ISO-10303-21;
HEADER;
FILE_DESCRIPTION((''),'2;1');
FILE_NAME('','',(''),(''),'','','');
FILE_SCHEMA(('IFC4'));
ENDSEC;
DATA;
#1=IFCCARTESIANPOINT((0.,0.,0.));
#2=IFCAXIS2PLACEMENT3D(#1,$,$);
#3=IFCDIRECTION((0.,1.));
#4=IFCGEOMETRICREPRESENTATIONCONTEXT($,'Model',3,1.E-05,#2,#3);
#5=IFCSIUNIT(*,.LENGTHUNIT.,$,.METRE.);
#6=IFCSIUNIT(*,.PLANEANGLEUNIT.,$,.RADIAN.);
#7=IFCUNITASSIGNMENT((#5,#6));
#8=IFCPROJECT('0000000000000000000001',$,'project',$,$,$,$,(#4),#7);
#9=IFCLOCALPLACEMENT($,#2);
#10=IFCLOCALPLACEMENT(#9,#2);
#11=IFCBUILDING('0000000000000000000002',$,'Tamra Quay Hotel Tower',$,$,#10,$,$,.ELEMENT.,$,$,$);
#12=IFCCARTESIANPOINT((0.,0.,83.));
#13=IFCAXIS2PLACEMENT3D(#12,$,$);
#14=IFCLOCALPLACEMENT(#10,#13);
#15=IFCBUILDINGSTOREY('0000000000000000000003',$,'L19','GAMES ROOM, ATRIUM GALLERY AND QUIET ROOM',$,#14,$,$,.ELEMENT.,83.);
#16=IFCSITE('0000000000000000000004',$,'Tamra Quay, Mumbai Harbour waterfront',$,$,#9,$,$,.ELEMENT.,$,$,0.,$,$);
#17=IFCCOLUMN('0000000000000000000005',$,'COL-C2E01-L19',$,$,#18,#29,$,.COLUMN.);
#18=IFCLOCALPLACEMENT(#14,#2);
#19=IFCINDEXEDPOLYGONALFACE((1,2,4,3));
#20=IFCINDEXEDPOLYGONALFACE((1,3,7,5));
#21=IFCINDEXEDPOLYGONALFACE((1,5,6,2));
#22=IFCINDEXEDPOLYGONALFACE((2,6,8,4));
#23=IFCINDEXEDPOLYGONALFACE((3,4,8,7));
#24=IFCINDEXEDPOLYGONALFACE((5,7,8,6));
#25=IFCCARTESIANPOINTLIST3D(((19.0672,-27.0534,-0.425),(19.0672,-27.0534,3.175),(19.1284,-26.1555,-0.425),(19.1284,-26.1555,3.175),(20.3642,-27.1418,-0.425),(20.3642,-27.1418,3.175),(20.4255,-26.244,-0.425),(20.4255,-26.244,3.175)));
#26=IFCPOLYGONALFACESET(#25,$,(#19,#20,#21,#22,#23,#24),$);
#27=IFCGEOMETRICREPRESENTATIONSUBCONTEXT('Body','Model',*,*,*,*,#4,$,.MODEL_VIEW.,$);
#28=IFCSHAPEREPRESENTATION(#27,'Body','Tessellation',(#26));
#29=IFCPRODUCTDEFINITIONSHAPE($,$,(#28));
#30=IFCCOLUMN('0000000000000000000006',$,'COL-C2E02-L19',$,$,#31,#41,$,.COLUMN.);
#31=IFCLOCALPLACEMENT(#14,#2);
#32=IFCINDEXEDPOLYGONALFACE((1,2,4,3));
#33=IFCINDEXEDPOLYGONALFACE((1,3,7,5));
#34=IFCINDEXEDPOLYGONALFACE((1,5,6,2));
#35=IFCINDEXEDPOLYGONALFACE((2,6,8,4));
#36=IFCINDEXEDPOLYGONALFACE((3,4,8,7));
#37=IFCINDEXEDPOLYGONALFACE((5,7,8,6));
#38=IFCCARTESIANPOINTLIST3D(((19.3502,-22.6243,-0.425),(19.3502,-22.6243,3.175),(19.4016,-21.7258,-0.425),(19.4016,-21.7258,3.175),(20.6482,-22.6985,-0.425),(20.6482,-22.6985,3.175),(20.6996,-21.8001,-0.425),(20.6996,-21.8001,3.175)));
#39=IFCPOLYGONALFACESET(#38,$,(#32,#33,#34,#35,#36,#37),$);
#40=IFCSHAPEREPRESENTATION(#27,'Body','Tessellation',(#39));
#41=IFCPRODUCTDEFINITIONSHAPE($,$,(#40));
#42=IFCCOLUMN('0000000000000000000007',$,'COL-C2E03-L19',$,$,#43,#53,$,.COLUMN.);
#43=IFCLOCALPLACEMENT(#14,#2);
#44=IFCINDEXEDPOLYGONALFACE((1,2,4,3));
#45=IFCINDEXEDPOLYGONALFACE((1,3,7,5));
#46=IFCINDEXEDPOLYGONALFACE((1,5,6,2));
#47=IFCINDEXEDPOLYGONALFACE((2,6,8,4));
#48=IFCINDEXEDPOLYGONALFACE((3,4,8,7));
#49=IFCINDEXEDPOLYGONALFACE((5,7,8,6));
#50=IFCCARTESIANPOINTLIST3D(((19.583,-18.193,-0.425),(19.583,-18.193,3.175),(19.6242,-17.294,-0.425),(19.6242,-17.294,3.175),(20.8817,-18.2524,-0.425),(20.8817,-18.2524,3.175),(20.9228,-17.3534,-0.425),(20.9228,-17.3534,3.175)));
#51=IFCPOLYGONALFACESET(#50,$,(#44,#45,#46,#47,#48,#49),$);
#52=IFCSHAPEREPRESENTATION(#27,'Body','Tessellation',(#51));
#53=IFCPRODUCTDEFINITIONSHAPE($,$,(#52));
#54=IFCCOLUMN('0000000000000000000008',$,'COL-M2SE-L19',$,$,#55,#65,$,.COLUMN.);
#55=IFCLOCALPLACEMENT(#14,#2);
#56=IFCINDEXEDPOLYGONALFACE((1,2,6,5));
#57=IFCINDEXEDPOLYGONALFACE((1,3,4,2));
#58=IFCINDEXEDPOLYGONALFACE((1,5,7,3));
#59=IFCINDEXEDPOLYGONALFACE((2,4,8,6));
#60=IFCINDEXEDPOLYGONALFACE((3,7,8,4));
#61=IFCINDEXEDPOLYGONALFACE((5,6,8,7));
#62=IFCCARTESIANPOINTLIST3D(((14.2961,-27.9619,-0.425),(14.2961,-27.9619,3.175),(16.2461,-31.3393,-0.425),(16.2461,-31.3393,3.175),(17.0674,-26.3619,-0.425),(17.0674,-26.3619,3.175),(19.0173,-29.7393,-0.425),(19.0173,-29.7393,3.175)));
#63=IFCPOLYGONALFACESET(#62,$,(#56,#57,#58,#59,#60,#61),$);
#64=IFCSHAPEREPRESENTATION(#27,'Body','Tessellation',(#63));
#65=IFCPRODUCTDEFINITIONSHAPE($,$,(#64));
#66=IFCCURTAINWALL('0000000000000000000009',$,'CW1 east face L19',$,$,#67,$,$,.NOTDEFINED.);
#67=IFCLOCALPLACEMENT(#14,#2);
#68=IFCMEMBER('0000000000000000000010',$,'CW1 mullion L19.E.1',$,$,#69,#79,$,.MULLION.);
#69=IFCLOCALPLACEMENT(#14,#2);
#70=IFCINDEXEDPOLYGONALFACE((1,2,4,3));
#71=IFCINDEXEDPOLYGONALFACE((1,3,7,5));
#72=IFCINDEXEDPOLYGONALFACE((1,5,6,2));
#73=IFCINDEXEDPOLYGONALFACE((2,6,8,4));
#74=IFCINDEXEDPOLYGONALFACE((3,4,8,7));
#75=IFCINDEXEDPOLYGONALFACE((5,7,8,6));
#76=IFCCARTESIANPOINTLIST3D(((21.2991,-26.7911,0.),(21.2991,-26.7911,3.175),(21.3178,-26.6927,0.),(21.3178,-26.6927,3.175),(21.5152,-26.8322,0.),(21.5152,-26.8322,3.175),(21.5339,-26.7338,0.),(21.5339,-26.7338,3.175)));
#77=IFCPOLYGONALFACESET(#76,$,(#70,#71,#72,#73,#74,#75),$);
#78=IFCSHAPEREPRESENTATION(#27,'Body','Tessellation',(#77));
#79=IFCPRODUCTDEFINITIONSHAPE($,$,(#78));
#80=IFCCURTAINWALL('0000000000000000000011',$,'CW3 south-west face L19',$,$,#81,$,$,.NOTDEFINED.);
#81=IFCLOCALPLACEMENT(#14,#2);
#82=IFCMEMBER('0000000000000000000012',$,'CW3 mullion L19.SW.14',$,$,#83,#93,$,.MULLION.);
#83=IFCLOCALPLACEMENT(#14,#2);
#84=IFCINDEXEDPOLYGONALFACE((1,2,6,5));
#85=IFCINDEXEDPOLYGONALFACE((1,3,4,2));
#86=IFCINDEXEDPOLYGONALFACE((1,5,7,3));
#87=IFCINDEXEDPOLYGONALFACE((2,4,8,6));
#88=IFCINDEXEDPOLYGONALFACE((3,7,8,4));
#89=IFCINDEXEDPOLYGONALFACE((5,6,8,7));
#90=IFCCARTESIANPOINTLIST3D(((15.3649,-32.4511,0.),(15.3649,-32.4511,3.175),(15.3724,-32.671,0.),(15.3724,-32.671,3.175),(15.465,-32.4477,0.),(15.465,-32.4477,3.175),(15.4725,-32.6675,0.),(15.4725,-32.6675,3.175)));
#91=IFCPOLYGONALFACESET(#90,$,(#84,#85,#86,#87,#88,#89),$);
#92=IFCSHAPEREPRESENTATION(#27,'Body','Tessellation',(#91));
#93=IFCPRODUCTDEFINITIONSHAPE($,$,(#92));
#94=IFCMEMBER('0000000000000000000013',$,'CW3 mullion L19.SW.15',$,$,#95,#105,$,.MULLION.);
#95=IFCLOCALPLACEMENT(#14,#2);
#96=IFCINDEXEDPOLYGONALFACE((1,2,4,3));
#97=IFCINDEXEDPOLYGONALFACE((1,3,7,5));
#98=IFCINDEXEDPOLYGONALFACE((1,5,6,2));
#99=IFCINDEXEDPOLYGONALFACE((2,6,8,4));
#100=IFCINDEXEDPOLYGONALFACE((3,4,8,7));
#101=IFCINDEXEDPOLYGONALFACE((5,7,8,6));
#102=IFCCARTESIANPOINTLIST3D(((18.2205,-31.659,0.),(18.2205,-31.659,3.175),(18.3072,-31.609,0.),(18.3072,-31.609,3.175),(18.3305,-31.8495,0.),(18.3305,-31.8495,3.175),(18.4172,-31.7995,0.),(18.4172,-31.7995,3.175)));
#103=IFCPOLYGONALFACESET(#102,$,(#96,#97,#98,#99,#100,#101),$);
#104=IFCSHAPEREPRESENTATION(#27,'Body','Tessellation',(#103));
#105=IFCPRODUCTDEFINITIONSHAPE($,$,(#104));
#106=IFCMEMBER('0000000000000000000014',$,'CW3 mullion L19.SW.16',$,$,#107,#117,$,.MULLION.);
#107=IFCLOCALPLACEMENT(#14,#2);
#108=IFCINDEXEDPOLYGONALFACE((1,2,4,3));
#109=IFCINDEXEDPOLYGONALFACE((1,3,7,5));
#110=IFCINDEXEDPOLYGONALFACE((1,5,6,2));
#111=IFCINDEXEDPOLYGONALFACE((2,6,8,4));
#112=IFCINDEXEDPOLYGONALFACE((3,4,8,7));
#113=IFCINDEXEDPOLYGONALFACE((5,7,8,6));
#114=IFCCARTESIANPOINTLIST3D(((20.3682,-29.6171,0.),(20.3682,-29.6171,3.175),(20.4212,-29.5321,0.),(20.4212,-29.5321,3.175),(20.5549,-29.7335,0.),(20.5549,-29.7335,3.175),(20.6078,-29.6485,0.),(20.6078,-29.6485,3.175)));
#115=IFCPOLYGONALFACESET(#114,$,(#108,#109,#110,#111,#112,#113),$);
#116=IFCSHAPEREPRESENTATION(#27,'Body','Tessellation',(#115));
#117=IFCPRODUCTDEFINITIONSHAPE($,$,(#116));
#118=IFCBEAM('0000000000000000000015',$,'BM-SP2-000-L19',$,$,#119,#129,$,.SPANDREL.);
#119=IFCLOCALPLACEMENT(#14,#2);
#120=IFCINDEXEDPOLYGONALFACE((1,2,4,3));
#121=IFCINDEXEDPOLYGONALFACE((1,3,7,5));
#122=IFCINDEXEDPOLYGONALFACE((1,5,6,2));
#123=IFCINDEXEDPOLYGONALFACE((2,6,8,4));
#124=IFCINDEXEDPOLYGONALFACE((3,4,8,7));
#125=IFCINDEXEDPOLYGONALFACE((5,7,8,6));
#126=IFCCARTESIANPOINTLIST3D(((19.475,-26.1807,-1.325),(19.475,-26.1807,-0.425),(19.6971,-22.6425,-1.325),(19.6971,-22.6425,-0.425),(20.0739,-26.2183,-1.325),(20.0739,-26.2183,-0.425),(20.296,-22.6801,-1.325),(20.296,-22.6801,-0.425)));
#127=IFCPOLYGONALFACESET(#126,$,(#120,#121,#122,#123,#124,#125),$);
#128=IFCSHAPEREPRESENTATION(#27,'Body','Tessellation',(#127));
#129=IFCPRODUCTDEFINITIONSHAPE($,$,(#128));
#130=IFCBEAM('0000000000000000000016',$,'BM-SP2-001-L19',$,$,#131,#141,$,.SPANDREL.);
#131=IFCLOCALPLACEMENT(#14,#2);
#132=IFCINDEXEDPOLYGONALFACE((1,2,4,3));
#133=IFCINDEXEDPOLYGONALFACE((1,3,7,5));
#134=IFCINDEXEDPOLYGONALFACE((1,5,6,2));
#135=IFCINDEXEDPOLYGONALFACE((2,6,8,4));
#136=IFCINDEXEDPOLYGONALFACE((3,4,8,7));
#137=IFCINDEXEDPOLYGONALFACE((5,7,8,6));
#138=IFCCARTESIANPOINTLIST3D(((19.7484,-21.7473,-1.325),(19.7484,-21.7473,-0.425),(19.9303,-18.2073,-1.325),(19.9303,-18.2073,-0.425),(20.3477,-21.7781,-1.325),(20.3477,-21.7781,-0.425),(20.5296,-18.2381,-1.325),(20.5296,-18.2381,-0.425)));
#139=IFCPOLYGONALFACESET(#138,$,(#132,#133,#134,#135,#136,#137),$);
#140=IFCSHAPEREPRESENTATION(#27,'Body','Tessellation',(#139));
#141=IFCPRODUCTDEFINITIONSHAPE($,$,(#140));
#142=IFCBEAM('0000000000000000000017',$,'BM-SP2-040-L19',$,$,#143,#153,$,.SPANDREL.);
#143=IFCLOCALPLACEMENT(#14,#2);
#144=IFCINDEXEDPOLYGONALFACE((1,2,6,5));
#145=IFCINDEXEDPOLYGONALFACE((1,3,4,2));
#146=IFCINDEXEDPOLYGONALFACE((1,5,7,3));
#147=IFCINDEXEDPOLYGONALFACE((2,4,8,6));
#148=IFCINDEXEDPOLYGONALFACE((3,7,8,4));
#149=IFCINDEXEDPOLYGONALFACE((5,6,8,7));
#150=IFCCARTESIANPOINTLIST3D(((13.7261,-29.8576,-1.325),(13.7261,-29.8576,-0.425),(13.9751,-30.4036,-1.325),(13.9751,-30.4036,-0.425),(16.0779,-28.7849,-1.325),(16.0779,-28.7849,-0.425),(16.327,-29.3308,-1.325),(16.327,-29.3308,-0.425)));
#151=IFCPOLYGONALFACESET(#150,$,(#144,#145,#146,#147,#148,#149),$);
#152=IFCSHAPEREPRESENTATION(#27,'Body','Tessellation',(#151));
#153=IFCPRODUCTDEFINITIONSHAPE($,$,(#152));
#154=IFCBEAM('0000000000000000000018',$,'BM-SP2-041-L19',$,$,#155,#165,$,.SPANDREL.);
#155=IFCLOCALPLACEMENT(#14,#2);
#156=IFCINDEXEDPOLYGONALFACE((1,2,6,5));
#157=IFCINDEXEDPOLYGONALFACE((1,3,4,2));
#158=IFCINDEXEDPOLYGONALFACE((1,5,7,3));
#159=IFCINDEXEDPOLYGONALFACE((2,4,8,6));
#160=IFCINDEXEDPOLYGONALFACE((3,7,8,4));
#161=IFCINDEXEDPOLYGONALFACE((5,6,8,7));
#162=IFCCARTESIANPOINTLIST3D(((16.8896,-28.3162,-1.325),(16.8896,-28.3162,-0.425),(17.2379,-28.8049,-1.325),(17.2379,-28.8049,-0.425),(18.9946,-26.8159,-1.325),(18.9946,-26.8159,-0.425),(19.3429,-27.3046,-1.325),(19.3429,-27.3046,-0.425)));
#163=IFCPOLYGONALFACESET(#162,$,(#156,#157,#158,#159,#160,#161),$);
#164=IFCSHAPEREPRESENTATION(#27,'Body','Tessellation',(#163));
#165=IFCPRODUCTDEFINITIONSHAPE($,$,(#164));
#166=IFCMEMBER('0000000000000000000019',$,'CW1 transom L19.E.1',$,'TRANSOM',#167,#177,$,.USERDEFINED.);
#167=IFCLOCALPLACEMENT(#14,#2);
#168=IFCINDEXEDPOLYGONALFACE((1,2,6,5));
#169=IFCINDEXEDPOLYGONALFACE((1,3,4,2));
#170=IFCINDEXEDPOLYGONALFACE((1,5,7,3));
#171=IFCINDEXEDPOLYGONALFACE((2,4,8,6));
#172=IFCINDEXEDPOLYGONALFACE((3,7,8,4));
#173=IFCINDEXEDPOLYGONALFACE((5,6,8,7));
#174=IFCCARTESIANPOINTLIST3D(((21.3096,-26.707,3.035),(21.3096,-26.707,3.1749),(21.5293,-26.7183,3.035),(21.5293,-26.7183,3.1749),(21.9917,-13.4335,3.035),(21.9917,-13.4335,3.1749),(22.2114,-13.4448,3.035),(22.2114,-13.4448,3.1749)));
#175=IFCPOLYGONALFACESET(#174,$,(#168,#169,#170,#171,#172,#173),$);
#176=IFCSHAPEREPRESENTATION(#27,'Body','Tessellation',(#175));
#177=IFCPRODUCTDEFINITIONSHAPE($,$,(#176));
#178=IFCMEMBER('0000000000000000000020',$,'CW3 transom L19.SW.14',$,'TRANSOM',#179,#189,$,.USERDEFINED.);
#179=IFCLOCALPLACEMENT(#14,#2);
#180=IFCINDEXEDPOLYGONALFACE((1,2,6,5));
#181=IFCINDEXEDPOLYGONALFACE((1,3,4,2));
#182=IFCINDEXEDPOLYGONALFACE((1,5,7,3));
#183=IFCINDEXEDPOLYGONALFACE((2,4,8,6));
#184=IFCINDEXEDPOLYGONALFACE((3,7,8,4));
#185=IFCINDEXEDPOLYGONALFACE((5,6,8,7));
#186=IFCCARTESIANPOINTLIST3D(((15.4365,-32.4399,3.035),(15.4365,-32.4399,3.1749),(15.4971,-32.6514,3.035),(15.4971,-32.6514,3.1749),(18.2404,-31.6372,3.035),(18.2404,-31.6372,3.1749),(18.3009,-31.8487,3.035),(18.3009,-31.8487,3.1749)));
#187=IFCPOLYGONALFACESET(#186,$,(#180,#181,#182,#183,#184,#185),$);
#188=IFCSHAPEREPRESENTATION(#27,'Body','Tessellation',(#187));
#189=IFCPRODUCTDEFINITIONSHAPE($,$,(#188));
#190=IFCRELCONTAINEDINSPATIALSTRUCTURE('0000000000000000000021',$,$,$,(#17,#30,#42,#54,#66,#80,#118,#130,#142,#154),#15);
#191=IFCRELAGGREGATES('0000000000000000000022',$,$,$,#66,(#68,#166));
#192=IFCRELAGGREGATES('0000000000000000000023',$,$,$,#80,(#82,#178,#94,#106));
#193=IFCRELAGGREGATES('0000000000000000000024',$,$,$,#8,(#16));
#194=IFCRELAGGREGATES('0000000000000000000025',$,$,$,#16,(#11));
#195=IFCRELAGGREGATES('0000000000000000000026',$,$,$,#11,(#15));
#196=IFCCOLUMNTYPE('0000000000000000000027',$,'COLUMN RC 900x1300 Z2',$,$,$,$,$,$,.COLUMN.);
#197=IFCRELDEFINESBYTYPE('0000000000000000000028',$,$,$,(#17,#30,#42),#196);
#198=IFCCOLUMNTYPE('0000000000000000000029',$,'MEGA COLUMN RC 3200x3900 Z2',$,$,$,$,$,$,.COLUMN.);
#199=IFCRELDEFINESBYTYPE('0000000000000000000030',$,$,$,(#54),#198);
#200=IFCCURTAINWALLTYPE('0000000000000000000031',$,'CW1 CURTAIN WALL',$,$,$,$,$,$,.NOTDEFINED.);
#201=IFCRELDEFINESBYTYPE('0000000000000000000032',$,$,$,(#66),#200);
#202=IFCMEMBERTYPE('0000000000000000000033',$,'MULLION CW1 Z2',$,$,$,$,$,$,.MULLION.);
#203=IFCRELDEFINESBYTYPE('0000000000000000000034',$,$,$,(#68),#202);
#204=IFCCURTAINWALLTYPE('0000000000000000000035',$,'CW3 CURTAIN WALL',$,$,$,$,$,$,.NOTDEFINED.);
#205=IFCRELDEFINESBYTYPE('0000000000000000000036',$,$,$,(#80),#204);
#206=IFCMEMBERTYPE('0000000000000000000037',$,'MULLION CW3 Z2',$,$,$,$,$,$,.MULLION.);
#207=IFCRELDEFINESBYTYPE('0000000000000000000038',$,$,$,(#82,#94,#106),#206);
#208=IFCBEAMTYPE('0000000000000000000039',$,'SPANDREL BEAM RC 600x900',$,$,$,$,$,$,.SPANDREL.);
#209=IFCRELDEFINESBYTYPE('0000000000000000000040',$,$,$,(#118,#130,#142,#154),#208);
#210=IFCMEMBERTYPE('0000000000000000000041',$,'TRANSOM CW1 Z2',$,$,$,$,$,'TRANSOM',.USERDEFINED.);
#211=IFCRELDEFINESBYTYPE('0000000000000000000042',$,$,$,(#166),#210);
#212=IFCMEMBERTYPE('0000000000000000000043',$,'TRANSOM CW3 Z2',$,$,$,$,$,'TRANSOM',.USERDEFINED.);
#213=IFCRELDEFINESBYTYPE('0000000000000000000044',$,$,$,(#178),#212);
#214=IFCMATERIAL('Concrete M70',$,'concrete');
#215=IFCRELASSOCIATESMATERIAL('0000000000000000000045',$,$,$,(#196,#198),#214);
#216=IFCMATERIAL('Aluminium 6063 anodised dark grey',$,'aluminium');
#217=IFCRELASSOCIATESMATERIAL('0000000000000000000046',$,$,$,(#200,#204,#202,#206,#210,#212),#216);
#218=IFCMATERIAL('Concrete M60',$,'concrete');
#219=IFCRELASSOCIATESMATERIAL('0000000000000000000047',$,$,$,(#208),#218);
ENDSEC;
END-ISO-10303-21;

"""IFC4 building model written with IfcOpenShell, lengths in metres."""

from ifc_helpers import new_model, si_unit, direction, frame, origin, origin_2d, place, context, subcontext, project, spatial, rectangle, extrude, material, material_profile, profile_set, type_object, element, aggregate, save


model = new_model("IFC4")

# Units and contexts
model_context = context("Model", 3, precision=1e-05, world=origin(), true_north=direction((0.0, 1.0)))
body_context = subcontext(model_context, "Body", "Model", "MODEL_VIEW")
ifc_project = project(units=[si_unit("LENGTHUNIT", "METRE"), si_unit("PLANEANGLEUNIT", "RADIAN")], contexts=[model_context])

# Site, building, storey
site_placement = place(None, origin())
site = spatial("IfcSite", under=ifc_project, at=site_placement, Name="Tamra Quay, Mumbai Harbour waterfront", CompositionType="ELEMENT", RefElevation=0.0)
building_placement = place(site_placement, origin())
building = spatial("IfcBuilding", under=site, at=building_placement, Name="Tamra Quay Hotel Tower", CompositionType="ELEMENT")
storey_placement = place(building_placement, frame((0.0, 0.0, 83.0)))
storey = spatial("IfcBuildingStorey", under=building, at=storey_placement, Name="L19", Description="GAMES ROOM, ATRIUM GALLERY AND QUIET ROOM", CompositionType="ELEMENT", Elevation=83.0)

# Columns
ifc_material_1 = material(Name="Concrete M70", Category="concrete")
ifc_material_profile_1 = material_profile(ifc_material_1, rectangle(XDim=1.3, YDim=0.8999, at=origin_2d()), Name="COLUMN RC 900x1300 Z2")
ifc_profile_set_1 = profile_set([ifc_material_profile_1], Name="Concrete M70")
column_type_1 = type_object("IfcColumnType", Name="COLUMN RC 900x1300 Z2", PredefinedType="COLUMN", material=ifc_profile_set_1)
for number, where, z_axis, x_axis, name in (
    (1, (19.7463, -26.6487, -0.425), (0.0, 0.0, 1.0), (-0.997682, 0.068041, 0.0), "COL-C2E01-L19"),
    (2, (20.0249, -22.2122, -0.425), (0.0, 0.0, 1.0), (-0.998368, 0.057108, 0.0), "COL-C2E02-L19"),
    (3, (20.2529, -17.7732, -0.425), (0.0, 0.0, 1.0), (-0.998955, 0.045712, 0.0), "COL-C2E03-L19"),
):
    element("IfcColumn", number, at=place(storey_placement, frame(where, z_axis=z_axis, x_axis=x_axis)), inside=storey, type_object=column_type_1, Name=name, PredefinedType="COLUMN", context=body_context, shape_type="SweptSolid", body=[
        extrude(rectangle(XDim=1.3, YDim=0.8999, at=origin_2d()), origin(), (0.0, 0.0, 1.0), 3.6001),
    ])
ifc_material_profile_2 = material_profile(ifc_material_1, rectangle(XDim=3.8999, YDim=3.2, at=origin_2d()), Name="MEGA COLUMN RC 3200x3900 Z2")
ifc_profile_set_2 = profile_set([ifc_material_profile_2], Name="Concrete M70")
column_type_2 = type_object("IfcColumnType", Name="MEGA COLUMN RC 3200x3900 Z2", PredefinedType="COLUMN", material=ifc_profile_set_2)
column_placement = place(storey_placement, frame((16.6567, -28.8506, -0.425), z_axis=(0.0, 0.0, 1.0), x_axis=(-0.5, 0.866025, 0.0)))
element("IfcColumn", 4, at=column_placement, inside=storey, type_object=column_type_2, Name="COL-M2SE-L19", PredefinedType="COLUMN", context=body_context, shape_type="SweptSolid", body=[
    extrude(rectangle(XDim=3.8999, YDim=3.2, at=origin_2d()), origin(), (0.0, 0.0, 1.0), 3.6001),
])

# Curtain wall, member
ifc_material_2 = material(Name="Aluminium 6063 anodised dark grey", Category="aluminium")
curtain_wall_type_1 = type_object("IfcCurtainWallType", Name="CW1 CURTAIN WALL", PredefinedType="NOTDEFINED", material=ifc_material_2)
curtain_wall_1_placement = place(storey_placement, origin())
curtain_wall_1 = element("IfcCurtainWall", 5, at=curtain_wall_1_placement, inside=storey, type_object=curtain_wall_type_1, Name="CW1 east face L19", PredefinedType="NOTDEFINED")
ifc_material_profile_3 = material_profile(ifc_material_2, rectangle(XDim=0.22, YDim=0.1001, at=origin_2d()), Name="MULLION 100X220")
ifc_profile_set_3 = profile_set([ifc_material_profile_3], Name="Aluminium 6063 anodised dark grey")
member_type_1 = type_object("IfcMemberType", Name="MULLION CW1 Z2", PredefinedType="MULLION", material=ifc_profile_set_3)
member_1_placement = place(storey_placement, frame((21.4165, -26.7625, 0.0), z_axis=(0.0, 0.0, 1.0), x_axis=(0.982419, -0.186689, 0.0)))
member_1 = element("IfcMember", 6, at=member_1_placement, type_object=member_type_1, Name="CW1 mullion L19.E.1", PredefinedType="MULLION", context=body_context, shape_type="SweptSolid", body=[
    extrude(rectangle(XDim=0.22, YDim=0.1001, at=origin_2d()), origin(), (0.0, 0.0, 1.0), 3.175),
])

# Curtain wall, members
curtain_wall_type_2 = type_object("IfcCurtainWallType", Name="CW3 CURTAIN WALL", PredefinedType="NOTDEFINED", material=ifc_material_2)
curtain_wall_2_placement = place(storey_placement, origin())
curtain_wall_2 = element("IfcCurtainWall", 7, at=curtain_wall_2_placement, inside=storey, type_object=curtain_wall_type_2, Name="CW3 south-west face L19", PredefinedType="NOTDEFINED")
ifc_material_profile_4 = material_profile(ifc_material_2, rectangle(XDim=0.22, YDim=0.1001, at=origin_2d()), Name="MULLION 100X220")
ifc_profile_set_4 = profile_set([ifc_material_profile_4], Name="Aluminium 6063 anodised dark grey")
member_type_2 = type_object("IfcMemberType", Name="MULLION CW3 Z2", PredefinedType="MULLION", material=ifc_profile_set_4)
member_2_placement = place(storey_placement, frame((15.4187, -32.5593, 0.0), z_axis=(0.0, 0.0, 1.0), x_axis=(0.034041, -0.99942, 0.0)))
member_2 = element("IfcMember", 8, at=member_2_placement, type_object=member_type_2, Name="CW3 mullion L19.SW.14", PredefinedType="MULLION", context=body_context, shape_type="SweptSolid", body=[
    extrude(rectangle(XDim=0.22, YDim=0.1001, at=origin_2d()), origin(), (0.0, 0.0, 1.0), 3.175),
])
member_3_placement = place(storey_placement, frame((18.3188, -31.7292, 0.0), z_axis=(0.0, 0.0, 1.0), x_axis=(0.5, -0.866025, 0.0)))
member_3 = element("IfcMember", 9, at=member_3_placement, type_object=member_type_2, Name="CW3 mullion L19.SW.15", PredefinedType="MULLION", context=body_context, shape_type="SweptSolid", body=[
    extrude(rectangle(XDim=0.22, YDim=0.1001, at=origin_2d()), origin(), (0.0, 0.0, 1.0), 3.175),
])
member_4_placement = place(storey_placement, frame((20.488, -29.6328, 0.0), z_axis=(0.0, 0.0, 1.0), x_axis=(0.848503, -0.52919, 0.0)))
member_4 = element("IfcMember", 10, at=member_4_placement, type_object=member_type_2, Name="CW3 mullion L19.SW.16", PredefinedType="MULLION", context=body_context, shape_type="SweptSolid", body=[
    extrude(rectangle(XDim=0.22, YDim=0.1001, at=origin_2d()), origin(), (0.0, 0.0, 1.0), 3.175),
])

# Beams
ifc_material_3 = material(Name="Concrete M60", Category="concrete")
ifc_material_profile_5 = material_profile(ifc_material_3, rectangle(XDim=0.6001, YDim=0.8999, at=origin_2d()), Name="SPANDREL BEAM RC 600x900")
ifc_profile_set_5 = profile_set([ifc_material_profile_5], Name="Concrete M60")
beam_type = type_object("IfcBeamType", Name="SPANDREL BEAM RC 600x900", PredefinedType="SPANDREL", material=ifc_profile_set_5)
beam_1_placement = place(storey_placement, frame((19.7744, -26.1995, -0.875), z_axis=(0.06267, 0.998034, 0.0), x_axis=(-0.998034, 0.06267, 0.0)))
element("IfcBeam", 11, at=beam_1_placement, inside=storey, type_object=beam_type, Name="BM-SP2-000-L19", PredefinedType="SPANDREL", context=body_context, shape_type="SweptSolid", body=[
    extrude(rectangle(XDim=0.6001, YDim=0.8999, at=origin_2d()), origin(), (0.0, 0.0, 1.0), 3.5452),
])
beam_2_placement = place(storey_placement, frame((20.0481, -21.7627, -0.875), z_axis=(0.051312, 0.998683, 0.0), x_axis=(-0.998683, 0.051312, 0.0)))
element("IfcBeam", 12, at=beam_2_placement, inside=storey, type_object=beam_type, Name="BM-SP2-001-L19", PredefinedType="SPANDREL", context=body_context, shape_type="SweptSolid", body=[
    extrude(rectangle(XDim=0.6001, YDim=0.8999, at=origin_2d()), origin(), (0.0, 0.0, 1.0), 3.5447),
])
for number, where, z_axis, x_axis, name in (
    (13, (13.8506, -30.1306, -0.875), (0.909819, 0.415005, 0.0), (-0.415005, 0.909819, 0.0), "BM-SP2-040-L19"),
    (14, (17.0637, -28.5605, -0.875), (0.814339, 0.580389, 0.0), (-0.580389, 0.814339, 0.0), "BM-SP2-041-L19"),
):
    element("IfcBeam", number, at=place(storey_placement, frame(where, z_axis=z_axis, x_axis=x_axis)), inside=storey, type_object=beam_type, Name=name, PredefinedType="SPANDREL", context=body_context, shape_type="SweptSolid", body=[
        extrude(rectangle(XDim=0.6001, YDim=0.8999, at=origin_2d()), origin(), (0.0, 0.0, 1.0), 2.585),
    ])

# Members
ifc_material_profile_6 = material_profile(ifc_material_2, rectangle(XDim=0.22, YDim=0.1399, at=origin_2d()), Name="TRANSOM 220X140")
ifc_profile_set_6 = profile_set([ifc_material_profile_6], Name="Aluminium 6063 anodised dark grey")
member_type_3 = type_object("IfcMemberType", Name="TRANSOM CW1 Z2", ElementType="TRANSOM", PredefinedType="USERDEFINED", material=ifc_profile_set_6)
member_5_placement = place(storey_placement, frame((21.4194, -26.7126, 3.105), z_axis=(0.051323, 0.998682, 0.0), x_axis=(-0.998682, 0.051323, 0.0)))
member_5 = element("IfcMember", 15, at=member_5_placement, type_object=member_type_3, Name="CW1 transom L19.E.1", ObjectType="TRANSOM", PredefinedType="USERDEFINED", context=body_context, shape_type="SweptSolid", body=[
    extrude(rectangle(XDim=0.22, YDim=0.1399, at=origin_2d()), origin(), (0.0, 0.0, 1.0), 13.291),
])
ifc_material_profile_7 = material_profile(ifc_material_2, rectangle(XDim=0.22, YDim=0.1399, at=origin_2d()), Name="TRANSOM 220X140")
ifc_profile_set_7 = profile_set([ifc_material_profile_7], Name="Aluminium 6063 anodised dark grey")
member_type_4 = type_object("IfcMemberType", Name="TRANSOM CW3 Z2", ElementType="TRANSOM", PredefinedType="USERDEFINED", material=ifc_profile_set_7)
member_6_placement = place(storey_placement, frame((15.4668, -32.5457, 3.105), z_axis=(0.961379, 0.27523, 0.0), x_axis=(-0.27523, 0.961379, 0.0)))
member_6 = element("IfcMember", 16, at=member_6_placement, type_object=member_type_4, Name="CW3 transom L19.SW.14", ObjectType="TRANSOM", PredefinedType="USERDEFINED", context=body_context, shape_type="SweptSolid", body=[
    extrude(rectangle(XDim=0.22, YDim=0.1399, at=origin_2d()), origin(), (0.0, 0.0, 1.0), 2.9165),
])

aggregate(curtain_wall_1, [member_1, member_5])
aggregate(curtain_wall_2, [member_2, member_6, member_3, member_4])

save(model, "model.ifc")
